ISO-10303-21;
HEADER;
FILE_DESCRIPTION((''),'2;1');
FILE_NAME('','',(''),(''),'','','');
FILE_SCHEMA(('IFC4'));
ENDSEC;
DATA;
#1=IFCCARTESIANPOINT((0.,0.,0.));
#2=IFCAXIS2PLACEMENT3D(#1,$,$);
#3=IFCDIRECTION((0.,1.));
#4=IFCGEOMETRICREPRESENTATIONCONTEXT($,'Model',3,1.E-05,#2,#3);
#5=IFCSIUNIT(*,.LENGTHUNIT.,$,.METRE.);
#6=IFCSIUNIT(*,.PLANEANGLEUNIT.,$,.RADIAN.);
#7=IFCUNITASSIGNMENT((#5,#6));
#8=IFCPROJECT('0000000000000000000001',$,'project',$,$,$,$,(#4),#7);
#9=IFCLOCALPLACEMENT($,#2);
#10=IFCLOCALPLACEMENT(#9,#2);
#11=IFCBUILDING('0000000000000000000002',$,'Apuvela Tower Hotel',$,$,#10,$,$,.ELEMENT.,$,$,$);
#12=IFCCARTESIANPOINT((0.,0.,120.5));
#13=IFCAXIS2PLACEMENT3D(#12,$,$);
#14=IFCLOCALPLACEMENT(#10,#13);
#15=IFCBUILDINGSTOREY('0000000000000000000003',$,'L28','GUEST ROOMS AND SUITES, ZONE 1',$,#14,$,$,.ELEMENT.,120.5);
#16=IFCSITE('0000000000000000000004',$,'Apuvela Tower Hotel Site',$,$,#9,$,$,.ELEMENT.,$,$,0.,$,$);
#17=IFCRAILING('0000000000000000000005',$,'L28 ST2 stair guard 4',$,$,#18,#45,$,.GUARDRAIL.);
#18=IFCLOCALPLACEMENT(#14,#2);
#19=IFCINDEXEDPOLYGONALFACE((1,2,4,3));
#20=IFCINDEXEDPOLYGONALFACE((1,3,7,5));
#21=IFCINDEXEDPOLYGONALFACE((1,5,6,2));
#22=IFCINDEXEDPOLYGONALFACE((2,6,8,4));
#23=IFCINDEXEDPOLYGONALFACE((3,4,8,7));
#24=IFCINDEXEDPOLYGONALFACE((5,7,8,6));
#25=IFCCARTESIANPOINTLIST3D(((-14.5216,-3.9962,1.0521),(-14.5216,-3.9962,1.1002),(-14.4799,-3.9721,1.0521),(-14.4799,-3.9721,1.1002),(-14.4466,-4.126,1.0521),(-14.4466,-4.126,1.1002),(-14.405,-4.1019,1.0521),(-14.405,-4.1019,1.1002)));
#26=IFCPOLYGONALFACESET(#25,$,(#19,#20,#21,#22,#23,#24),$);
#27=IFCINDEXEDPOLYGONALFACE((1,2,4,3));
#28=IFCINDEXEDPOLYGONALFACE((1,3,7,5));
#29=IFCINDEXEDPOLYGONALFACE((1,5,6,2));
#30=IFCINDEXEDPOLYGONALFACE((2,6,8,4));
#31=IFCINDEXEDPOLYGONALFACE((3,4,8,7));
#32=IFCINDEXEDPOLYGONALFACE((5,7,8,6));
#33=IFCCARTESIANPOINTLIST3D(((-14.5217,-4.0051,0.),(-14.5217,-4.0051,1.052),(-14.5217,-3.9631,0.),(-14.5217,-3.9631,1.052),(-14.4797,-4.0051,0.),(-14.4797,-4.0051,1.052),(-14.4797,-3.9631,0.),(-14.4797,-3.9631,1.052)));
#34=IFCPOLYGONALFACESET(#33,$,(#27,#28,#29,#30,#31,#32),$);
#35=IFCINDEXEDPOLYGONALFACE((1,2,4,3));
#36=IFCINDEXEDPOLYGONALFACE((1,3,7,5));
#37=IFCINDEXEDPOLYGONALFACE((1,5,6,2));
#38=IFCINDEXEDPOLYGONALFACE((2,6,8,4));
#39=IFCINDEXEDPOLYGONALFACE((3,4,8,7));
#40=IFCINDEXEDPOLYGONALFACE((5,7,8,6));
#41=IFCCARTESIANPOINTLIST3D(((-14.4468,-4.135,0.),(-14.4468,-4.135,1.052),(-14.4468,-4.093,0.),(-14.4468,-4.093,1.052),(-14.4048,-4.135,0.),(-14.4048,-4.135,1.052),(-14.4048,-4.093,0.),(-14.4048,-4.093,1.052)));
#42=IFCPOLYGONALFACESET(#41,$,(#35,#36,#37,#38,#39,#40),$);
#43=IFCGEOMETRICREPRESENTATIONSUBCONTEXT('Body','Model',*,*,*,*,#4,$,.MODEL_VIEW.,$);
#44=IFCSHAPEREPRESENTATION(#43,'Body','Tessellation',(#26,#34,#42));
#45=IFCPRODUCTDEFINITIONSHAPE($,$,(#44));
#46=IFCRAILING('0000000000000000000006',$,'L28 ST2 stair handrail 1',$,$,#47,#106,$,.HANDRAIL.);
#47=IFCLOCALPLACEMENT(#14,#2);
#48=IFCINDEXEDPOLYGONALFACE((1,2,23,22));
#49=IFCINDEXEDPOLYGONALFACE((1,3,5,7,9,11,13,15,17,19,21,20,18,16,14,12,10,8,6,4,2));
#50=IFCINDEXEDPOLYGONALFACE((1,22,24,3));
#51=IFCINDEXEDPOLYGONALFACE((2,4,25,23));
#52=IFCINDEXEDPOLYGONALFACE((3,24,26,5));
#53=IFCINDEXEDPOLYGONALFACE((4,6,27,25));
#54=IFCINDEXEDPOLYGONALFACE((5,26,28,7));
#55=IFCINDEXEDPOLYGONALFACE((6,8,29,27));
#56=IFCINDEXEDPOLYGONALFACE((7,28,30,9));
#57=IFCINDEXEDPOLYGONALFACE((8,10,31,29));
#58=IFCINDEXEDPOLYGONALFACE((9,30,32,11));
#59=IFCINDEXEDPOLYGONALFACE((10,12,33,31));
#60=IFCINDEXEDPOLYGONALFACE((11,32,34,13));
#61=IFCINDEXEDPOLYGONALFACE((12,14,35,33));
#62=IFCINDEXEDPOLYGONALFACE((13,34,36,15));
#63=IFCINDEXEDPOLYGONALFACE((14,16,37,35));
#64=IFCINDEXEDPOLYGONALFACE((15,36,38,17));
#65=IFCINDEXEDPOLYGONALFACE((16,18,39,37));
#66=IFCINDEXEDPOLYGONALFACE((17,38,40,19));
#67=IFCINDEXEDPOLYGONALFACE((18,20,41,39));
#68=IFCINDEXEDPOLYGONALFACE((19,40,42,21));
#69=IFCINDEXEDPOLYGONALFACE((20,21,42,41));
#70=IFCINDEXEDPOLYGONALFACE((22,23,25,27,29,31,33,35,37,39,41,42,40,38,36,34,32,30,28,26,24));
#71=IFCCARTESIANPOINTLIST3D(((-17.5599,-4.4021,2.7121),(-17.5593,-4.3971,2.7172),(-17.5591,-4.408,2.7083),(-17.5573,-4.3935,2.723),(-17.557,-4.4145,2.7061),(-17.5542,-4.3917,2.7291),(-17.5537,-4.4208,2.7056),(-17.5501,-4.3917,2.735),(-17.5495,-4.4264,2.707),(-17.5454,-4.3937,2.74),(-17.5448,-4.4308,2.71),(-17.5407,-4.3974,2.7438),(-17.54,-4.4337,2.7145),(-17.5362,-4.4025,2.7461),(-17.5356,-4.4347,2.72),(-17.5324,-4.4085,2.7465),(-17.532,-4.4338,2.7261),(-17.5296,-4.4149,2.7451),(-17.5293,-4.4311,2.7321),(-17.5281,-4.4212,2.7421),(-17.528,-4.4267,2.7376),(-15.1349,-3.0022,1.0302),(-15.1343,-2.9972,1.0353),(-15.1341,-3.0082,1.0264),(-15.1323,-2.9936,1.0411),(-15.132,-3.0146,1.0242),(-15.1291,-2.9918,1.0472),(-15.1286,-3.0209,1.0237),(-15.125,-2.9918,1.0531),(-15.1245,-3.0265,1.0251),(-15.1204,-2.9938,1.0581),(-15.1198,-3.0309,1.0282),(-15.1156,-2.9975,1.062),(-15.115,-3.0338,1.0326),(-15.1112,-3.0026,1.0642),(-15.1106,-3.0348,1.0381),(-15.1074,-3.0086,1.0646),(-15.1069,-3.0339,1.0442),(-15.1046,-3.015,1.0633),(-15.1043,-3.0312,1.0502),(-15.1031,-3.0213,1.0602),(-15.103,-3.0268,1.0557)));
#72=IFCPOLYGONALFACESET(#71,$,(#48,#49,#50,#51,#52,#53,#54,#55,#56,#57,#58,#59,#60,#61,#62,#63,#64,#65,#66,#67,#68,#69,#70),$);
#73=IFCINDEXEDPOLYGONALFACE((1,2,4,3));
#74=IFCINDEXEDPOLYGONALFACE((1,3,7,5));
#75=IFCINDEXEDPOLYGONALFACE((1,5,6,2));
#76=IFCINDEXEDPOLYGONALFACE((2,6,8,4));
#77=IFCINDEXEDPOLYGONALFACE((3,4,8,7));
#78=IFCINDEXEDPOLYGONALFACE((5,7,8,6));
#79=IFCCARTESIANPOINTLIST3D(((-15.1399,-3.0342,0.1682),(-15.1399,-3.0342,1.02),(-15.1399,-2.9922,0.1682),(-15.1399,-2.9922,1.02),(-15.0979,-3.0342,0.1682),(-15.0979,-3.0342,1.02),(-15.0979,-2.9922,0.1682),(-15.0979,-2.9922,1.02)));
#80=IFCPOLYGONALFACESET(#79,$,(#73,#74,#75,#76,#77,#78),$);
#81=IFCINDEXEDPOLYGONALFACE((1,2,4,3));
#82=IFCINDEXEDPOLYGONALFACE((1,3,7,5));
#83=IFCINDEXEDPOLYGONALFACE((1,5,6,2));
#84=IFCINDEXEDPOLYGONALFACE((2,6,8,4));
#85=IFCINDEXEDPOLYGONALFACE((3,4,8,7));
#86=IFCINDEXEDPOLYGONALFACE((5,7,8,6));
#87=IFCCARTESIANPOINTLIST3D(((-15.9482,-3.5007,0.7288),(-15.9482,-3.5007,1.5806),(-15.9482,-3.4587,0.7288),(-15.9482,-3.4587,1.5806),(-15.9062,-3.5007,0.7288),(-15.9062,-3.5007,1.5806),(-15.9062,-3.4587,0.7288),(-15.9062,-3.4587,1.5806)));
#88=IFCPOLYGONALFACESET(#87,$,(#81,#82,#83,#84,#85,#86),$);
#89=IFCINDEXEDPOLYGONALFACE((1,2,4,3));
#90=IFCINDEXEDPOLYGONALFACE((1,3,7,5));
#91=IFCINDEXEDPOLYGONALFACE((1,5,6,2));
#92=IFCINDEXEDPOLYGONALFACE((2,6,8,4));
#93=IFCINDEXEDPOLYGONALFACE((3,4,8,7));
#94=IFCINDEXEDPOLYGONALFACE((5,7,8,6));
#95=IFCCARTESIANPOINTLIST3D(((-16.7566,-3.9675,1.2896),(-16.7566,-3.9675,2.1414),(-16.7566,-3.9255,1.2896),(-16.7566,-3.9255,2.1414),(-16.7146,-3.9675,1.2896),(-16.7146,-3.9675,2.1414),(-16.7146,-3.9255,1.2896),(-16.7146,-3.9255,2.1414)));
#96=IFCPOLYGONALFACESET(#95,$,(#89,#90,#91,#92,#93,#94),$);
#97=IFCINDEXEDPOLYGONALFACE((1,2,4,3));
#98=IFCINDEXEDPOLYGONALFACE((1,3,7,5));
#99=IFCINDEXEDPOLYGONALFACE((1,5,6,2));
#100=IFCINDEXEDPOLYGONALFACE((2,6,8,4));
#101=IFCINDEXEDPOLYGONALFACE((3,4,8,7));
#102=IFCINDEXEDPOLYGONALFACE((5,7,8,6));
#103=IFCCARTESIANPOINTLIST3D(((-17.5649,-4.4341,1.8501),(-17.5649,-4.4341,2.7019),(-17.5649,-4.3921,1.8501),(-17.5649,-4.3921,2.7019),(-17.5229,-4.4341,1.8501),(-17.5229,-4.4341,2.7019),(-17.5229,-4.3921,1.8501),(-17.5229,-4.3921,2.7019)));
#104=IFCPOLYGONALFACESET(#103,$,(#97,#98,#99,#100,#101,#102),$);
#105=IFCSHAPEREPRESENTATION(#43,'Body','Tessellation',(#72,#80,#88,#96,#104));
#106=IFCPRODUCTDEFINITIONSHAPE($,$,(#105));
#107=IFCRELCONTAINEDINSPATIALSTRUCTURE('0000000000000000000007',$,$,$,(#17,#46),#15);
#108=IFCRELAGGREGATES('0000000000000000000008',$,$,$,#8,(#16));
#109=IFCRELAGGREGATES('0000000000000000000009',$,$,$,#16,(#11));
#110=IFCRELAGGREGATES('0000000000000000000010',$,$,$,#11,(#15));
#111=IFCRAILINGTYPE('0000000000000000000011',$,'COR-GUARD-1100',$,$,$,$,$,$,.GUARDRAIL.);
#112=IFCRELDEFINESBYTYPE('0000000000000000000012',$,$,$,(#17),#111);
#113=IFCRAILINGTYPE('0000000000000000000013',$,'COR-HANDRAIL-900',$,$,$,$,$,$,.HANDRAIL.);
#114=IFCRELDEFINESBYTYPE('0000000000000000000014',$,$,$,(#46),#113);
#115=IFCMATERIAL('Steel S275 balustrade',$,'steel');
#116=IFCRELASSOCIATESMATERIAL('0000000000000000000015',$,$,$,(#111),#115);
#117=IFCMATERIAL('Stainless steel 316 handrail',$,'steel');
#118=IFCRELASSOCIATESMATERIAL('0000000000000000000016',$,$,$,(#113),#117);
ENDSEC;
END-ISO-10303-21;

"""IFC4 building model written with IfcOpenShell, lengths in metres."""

from ifc_helpers import new_model, si_unit, direction, frame, origin, origin_2d, place, context, subcontext, project, spatial, rectangle, circle, extrude, material, type_object, element, save


model = new_model("IFC4")

# Units and contexts
model_context = context("Model", 3, precision=1e-05, world=origin(), true_north=direction((0.0, 1.0)))
body_context = subcontext(model_context, "Body", "Model", "MODEL_VIEW")
ifc_project = project(units=[si_unit("LENGTHUNIT", "METRE"), si_unit("PLANEANGLEUNIT", "RADIAN")], contexts=[model_context])

# Site, building, storey
site_placement = place(None, origin())
site = spatial("IfcSite", under=ifc_project, at=site_placement, Name="Apuvela Tower Hotel Site", CompositionType="ELEMENT", RefElevation=0.0)
building_placement = place(site_placement, origin())
building = spatial("IfcBuilding", under=site, at=building_placement, Name="Apuvela Tower Hotel", CompositionType="ELEMENT")
storey_placement = place(building_placement, frame((0.0, 0.0, 120.5)))
storey = spatial("IfcBuildingStorey", under=building, at=storey_placement, Name="L28", Description="GUEST ROOMS AND SUITES, ZONE 1", CompositionType="ELEMENT", Elevation=120.5)

# Railings
ifc_material_1 = material(Name="Steel S275 balustrade", Category="steel")
railing_type_1 = type_object("IfcRailingType", Name="COR-GUARD-1100", PredefinedType="GUARDRAIL", material=ifc_material_1)
railing_1_placement = place(storey_placement, frame((-14.5007, -3.9841, 0.0)))
element("IfcRailing", 1, at=railing_1_placement, inside=storey, type_object=railing_type_1, Name="L28 ST2 stair guard 4", PredefinedType="GUARDRAIL", context=body_context, shape_type="SweptSolid", body=[
    extrude(rectangle(XDim=0.0481, YDim=0.0481, at=origin_2d()), frame((0.0, 0.0, 1.0762), z_axis=(0.499816, -0.866131, 0.0), x_axis=(0.866131, 0.499816, 0.0)), (0.0, 0.0, 1.0), 0.1499),
    extrude(rectangle(XDim=0.042, YDim=0.042, at=origin_2d()), origin(), (0.0, 0.0, 1.0), 1.052),
    extrude(rectangle(XDim=0.042, YDim=0.042, at=origin_2d()), frame((0.075, -0.1299, 0.0)), (0.0, 0.0, 1.0), 1.052),
])
ifc_material_2 = material(Name="Stainless steel 316 handrail", Category="steel")
railing_type_2 = type_object("IfcRailingType", Name="COR-HANDRAIL-900", PredefinedType="HANDRAIL", material=ifc_material_2)
railing_2_placement = place(storey_placement, frame((-15.1189, -3.0132, 0.1682)))
element("IfcRailing", 2, at=railing_2_placement, inside=storey, type_object=railing_type_2, Name="L28 ST2 stair handrail 1", PredefinedType="HANDRAIL", context=body_context, shape_type="SweptSolid", body=[
    extrude(circle(Radius=0.0239, at=origin_2d()), frame((0.0, 0.0, 0.876), z_axis=(-0.742424, -0.428577, 0.514906), x_axis=(0.499946, -0.866056, 0.0)), (0.0, 0.0, 1.0), 3.2664),
    extrude(rectangle(XDim=0.042, YDim=0.042, at=origin_2d()), origin(), (0.0, 0.0, 1.0), 0.8518),
    extrude(rectangle(XDim=0.042, YDim=0.042, at=origin_2d()), frame((-0.8083, -0.4666, 0.5605)), (0.0, 0.0, 1.0), 0.8518),
    extrude(rectangle(XDim=0.042, YDim=0.042, at=origin_2d()), frame((-1.6167, -0.9333, 1.1213)), (0.0, 0.0, 1.0), 0.8518),
    extrude(rectangle(XDim=0.042, YDim=0.042, at=origin_2d()), frame((-2.425, -1.3999, 1.6819)), (0.0, 0.0, 1.0), 0.8518),
])

save(model, "model.ifc")
